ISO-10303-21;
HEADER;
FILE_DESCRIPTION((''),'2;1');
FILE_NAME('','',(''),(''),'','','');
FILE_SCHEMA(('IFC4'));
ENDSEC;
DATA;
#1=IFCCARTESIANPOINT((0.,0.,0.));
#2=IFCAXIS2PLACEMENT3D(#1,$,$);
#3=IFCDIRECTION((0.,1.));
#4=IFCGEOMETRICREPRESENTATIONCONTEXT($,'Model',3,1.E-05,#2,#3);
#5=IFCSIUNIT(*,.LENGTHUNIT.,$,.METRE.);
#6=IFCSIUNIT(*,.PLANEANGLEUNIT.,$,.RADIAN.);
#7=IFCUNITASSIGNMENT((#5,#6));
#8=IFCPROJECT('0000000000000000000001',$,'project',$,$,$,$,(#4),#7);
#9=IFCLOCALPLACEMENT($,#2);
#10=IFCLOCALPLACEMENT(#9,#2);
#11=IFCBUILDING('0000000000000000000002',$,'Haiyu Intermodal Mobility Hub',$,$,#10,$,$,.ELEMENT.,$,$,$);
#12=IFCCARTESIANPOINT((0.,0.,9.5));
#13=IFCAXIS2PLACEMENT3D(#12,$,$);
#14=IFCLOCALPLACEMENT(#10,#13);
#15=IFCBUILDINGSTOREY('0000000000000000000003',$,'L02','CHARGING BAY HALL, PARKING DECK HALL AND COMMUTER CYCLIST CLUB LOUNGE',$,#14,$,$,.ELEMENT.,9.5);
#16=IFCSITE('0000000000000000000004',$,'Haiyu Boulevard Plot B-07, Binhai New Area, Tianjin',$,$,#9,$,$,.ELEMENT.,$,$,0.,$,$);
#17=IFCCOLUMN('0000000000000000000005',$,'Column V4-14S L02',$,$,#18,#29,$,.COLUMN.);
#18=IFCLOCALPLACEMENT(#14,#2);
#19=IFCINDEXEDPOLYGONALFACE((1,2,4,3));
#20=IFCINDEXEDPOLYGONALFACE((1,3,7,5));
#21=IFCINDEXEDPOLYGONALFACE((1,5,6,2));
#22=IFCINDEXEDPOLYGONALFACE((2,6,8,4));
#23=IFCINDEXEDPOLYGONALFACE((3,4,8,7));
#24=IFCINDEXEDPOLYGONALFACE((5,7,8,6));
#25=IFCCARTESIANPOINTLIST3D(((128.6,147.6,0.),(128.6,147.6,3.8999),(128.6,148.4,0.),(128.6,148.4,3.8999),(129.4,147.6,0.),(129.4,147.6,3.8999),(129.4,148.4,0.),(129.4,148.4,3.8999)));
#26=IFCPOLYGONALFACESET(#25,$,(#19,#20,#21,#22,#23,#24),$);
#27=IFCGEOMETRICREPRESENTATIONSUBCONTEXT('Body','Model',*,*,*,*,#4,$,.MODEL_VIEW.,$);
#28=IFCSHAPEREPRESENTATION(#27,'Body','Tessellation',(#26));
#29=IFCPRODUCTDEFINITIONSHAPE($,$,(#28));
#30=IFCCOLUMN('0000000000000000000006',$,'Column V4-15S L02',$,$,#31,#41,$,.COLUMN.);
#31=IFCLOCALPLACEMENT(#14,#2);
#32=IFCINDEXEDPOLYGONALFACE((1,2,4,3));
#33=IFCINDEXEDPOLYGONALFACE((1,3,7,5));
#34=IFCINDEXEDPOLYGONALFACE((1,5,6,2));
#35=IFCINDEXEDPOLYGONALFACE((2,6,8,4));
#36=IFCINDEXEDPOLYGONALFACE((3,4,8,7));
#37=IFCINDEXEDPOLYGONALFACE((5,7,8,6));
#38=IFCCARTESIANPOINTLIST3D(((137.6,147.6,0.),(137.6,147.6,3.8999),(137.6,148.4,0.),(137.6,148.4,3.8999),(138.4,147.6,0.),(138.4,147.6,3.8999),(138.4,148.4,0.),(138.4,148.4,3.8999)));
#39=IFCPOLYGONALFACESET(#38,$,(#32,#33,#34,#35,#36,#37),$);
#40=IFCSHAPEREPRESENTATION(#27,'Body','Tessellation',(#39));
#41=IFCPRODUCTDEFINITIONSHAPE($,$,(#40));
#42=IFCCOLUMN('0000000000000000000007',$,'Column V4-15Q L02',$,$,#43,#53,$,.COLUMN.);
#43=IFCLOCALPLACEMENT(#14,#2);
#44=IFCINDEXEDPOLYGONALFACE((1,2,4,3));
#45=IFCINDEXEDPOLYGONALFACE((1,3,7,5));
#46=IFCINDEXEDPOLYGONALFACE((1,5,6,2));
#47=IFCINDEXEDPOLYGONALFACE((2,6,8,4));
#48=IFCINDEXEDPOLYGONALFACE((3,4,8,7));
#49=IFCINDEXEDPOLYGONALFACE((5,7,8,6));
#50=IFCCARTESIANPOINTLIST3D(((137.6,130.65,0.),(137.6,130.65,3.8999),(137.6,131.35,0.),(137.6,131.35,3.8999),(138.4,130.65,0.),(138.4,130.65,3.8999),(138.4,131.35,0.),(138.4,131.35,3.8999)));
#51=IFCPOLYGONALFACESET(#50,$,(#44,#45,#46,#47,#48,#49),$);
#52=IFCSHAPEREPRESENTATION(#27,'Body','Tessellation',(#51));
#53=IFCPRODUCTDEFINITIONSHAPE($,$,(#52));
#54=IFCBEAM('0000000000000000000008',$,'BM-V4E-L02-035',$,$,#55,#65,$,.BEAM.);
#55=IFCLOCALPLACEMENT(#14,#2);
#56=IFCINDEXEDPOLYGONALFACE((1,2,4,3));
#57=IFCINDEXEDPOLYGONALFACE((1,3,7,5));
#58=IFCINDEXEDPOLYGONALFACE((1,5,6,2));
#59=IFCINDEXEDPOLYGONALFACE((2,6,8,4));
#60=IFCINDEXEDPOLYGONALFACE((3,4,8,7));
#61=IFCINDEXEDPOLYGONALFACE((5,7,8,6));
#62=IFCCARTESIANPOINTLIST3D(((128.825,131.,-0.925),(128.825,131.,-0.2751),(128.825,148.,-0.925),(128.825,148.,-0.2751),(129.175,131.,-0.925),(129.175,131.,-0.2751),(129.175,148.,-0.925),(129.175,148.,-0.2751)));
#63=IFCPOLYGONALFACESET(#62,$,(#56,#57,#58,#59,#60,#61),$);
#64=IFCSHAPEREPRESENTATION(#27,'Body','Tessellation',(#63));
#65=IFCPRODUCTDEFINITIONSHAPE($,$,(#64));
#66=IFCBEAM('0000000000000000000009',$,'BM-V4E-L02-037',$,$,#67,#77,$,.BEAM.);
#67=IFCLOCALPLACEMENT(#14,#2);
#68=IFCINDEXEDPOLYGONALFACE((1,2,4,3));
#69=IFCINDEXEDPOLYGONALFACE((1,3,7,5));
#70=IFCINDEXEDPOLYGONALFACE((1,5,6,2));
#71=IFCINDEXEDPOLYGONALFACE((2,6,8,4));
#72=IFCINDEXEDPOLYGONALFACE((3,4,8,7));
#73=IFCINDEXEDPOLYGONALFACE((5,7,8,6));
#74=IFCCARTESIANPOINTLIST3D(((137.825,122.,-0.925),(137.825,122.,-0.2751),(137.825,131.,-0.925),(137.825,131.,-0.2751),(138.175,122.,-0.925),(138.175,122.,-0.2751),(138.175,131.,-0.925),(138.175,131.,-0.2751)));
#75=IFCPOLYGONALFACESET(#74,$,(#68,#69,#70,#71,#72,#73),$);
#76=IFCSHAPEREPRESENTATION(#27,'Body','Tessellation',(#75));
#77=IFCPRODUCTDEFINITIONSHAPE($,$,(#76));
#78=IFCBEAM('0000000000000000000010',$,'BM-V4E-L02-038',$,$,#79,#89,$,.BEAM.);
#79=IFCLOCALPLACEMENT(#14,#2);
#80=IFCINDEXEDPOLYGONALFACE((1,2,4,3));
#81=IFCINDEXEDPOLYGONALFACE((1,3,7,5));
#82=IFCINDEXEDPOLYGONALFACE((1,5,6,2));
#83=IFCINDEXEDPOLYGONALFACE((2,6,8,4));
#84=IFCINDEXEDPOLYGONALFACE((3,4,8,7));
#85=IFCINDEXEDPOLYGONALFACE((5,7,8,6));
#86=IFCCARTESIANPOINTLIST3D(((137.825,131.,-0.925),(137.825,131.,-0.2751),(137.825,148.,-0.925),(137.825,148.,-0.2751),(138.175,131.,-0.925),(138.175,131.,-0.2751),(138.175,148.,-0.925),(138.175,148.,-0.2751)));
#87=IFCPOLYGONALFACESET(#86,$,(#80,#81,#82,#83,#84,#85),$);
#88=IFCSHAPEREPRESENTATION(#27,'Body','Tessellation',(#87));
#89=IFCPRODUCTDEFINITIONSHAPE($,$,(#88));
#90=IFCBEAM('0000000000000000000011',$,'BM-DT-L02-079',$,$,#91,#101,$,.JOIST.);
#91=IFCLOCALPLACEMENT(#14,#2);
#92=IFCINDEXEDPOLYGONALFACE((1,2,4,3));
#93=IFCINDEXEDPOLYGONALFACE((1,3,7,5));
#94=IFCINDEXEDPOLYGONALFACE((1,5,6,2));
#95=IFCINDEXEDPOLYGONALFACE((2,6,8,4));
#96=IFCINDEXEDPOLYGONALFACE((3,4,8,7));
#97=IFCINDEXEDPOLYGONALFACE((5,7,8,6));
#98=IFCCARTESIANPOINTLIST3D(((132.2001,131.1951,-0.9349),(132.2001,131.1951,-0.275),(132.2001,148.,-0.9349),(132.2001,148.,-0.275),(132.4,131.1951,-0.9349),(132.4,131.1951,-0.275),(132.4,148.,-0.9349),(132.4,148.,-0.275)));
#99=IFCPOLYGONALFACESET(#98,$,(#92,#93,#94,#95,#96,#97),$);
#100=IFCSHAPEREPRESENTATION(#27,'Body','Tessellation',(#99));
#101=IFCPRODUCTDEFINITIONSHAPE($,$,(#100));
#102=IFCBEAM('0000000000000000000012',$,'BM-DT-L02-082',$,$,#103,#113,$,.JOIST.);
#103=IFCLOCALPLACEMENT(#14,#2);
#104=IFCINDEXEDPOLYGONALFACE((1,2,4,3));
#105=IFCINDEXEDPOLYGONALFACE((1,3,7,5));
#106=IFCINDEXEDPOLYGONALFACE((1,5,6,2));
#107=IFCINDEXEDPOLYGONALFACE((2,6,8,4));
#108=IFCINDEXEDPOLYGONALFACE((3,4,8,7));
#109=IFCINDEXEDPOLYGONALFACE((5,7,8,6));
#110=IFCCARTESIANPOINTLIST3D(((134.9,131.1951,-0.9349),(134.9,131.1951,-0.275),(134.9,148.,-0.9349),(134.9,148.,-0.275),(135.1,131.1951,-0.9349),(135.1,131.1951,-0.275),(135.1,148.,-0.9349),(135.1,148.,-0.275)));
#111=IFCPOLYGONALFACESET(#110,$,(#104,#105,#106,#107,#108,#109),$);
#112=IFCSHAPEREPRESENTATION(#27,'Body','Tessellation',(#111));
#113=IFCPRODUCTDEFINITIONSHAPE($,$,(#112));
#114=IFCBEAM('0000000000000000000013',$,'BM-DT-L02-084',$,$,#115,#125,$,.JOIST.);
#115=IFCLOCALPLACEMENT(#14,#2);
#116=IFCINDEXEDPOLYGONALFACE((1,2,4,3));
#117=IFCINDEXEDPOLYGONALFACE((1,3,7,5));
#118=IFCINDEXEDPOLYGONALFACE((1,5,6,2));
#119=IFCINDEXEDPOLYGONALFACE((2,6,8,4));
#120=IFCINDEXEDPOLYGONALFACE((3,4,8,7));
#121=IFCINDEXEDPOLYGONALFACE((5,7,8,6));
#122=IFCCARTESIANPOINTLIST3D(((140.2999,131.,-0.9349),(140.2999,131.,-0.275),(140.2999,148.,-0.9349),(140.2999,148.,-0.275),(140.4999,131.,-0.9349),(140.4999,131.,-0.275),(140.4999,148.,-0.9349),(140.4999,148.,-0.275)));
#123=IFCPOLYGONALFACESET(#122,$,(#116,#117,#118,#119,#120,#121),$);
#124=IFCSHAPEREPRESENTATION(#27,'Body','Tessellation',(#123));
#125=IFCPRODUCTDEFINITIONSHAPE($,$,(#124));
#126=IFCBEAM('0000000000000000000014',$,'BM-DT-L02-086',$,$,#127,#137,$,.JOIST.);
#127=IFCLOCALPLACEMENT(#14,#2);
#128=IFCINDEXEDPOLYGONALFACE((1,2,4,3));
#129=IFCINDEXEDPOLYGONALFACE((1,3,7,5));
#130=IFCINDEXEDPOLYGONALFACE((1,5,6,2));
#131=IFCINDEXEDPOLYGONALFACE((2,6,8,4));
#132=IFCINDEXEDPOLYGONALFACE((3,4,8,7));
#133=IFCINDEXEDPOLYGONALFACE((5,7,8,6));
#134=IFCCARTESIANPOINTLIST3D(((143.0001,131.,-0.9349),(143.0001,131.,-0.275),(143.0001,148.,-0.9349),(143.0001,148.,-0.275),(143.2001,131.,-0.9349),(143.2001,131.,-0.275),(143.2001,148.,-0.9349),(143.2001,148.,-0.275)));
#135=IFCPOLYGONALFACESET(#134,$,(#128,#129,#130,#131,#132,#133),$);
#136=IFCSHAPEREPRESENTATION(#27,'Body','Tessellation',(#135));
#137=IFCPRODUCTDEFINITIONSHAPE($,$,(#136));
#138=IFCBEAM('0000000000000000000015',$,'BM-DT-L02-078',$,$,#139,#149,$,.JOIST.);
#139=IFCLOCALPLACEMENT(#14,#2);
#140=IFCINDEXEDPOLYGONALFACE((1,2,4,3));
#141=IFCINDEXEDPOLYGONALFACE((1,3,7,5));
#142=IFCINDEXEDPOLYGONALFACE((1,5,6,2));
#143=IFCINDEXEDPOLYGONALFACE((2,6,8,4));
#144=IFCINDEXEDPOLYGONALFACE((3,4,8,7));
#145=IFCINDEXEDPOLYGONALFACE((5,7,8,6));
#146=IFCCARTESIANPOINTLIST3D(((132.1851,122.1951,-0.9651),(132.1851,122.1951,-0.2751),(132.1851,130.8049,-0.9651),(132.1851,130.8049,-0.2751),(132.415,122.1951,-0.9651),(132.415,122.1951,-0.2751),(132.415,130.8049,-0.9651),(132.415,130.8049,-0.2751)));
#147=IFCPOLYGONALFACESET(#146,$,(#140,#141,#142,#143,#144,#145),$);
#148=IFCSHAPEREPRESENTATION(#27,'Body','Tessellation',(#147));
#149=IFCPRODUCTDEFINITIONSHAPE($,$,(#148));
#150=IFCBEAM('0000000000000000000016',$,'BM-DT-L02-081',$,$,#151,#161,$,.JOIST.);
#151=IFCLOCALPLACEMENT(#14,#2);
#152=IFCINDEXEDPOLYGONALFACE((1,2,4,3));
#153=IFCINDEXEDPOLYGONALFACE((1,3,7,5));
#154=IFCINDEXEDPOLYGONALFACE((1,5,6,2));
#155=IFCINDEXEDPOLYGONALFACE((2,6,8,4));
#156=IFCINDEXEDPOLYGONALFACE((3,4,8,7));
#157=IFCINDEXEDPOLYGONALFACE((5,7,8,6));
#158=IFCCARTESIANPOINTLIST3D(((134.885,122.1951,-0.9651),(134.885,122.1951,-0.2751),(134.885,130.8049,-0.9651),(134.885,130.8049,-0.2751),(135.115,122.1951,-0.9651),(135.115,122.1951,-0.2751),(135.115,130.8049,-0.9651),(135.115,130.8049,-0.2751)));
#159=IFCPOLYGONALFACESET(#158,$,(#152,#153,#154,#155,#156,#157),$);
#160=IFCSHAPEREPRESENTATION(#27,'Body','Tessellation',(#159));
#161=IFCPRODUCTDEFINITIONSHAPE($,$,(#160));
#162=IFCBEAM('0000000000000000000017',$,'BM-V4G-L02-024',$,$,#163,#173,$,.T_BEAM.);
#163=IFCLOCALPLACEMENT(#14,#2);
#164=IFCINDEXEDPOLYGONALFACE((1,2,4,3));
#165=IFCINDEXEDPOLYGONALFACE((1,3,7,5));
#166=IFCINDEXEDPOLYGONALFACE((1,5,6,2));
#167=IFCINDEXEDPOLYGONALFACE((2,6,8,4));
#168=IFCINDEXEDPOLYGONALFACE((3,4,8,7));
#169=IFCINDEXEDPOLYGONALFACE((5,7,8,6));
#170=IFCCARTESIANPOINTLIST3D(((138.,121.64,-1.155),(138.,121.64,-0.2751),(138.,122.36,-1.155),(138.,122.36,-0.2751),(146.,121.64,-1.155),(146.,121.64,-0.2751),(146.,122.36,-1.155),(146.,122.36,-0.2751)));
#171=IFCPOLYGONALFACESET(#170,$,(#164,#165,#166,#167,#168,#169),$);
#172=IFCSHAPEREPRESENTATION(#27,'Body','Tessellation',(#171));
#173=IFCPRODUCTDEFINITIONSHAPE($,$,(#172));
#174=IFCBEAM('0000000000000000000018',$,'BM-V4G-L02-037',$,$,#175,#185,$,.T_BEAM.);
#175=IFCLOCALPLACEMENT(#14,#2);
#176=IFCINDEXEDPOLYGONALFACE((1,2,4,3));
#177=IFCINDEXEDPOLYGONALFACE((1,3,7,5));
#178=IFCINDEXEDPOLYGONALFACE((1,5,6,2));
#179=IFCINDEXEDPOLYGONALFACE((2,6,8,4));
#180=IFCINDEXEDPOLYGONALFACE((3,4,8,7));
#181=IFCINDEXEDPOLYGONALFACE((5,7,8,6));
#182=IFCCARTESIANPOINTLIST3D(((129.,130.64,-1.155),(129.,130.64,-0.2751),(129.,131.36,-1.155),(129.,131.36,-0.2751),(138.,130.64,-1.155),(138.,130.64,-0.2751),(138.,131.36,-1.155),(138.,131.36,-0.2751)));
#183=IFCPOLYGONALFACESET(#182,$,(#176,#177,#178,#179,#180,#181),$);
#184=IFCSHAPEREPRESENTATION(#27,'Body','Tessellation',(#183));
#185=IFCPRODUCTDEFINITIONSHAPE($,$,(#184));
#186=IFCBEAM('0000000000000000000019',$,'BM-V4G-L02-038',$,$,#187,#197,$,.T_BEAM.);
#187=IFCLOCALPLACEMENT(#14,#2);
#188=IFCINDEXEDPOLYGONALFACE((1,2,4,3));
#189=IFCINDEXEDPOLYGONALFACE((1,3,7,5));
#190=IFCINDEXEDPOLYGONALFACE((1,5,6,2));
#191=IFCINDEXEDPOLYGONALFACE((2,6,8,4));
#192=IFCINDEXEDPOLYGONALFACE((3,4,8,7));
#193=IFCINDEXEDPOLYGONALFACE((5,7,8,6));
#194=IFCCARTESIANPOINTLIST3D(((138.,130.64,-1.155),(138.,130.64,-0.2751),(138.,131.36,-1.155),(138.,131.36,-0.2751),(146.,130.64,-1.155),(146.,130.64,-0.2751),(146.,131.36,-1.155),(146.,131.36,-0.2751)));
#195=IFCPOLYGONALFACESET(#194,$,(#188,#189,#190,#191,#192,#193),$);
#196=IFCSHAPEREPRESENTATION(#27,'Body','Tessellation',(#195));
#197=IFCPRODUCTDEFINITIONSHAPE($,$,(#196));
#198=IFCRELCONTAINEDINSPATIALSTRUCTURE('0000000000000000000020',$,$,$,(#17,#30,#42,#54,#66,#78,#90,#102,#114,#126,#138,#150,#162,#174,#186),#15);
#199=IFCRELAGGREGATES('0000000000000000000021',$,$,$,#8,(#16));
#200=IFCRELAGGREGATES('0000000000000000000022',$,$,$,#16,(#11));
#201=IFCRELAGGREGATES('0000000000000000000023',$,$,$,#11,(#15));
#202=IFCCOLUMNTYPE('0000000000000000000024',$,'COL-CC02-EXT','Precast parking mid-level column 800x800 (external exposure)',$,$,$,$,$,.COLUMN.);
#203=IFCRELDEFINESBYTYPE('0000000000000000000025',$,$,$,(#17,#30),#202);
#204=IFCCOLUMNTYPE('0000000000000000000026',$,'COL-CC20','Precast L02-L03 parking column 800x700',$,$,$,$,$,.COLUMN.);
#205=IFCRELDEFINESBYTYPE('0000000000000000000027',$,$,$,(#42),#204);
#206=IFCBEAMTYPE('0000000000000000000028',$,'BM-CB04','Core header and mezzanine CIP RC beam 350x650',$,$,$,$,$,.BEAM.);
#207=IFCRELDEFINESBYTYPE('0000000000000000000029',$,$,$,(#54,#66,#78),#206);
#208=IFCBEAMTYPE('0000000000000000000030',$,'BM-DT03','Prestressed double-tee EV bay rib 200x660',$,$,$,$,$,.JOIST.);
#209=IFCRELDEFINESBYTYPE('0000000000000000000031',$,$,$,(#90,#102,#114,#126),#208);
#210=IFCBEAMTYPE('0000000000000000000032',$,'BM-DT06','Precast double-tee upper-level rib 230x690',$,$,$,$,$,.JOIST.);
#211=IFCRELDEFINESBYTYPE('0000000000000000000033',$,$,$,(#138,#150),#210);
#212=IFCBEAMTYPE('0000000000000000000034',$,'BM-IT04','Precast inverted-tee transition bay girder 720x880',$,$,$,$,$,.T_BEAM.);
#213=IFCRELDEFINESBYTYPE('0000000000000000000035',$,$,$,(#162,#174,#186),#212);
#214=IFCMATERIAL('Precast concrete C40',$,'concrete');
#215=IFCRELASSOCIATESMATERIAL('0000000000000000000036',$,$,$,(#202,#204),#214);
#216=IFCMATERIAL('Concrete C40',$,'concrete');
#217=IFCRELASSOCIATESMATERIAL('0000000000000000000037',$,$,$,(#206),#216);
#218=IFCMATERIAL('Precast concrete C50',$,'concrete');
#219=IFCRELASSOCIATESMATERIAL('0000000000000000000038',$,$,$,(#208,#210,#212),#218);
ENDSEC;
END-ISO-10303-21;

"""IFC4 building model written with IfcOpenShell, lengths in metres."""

from ifc_helpers import new_model, si_unit, direction, frame, origin, origin_2d, place, context, subcontext, project, spatial, rectangle, extrude, material, material_profile, profile_set, type_object, element, save


model = new_model("IFC4")

# Units and contexts
model_context = context("Model", 3, precision=1e-05, world=origin(), true_north=direction((0.0, 1.0)))
body_context = subcontext(model_context, "Body", "Model", "MODEL_VIEW")
ifc_project = project(units=[si_unit("LENGTHUNIT", "METRE"), si_unit("PLANEANGLEUNIT", "RADIAN")], contexts=[model_context])

# Site, building, storey
site_placement = place(None, origin())
site = spatial("IfcSite", under=ifc_project, at=site_placement, Name="Haiyu Boulevard Plot B-07, Binhai New Area, Tianjin", CompositionType="ELEMENT", RefElevation=0.0)
building_placement = place(site_placement, origin())
building = spatial("IfcBuilding", under=site, at=building_placement, Name="Haiyu Intermodal Mobility Hub", CompositionType="ELEMENT")
storey_placement = place(building_placement, frame((0.0, 0.0, 9.5)))
storey = spatial("IfcBuildingStorey", under=building, at=storey_placement, Name="L02", Description="CHARGING BAY HALL, PARKING DECK HALL AND COMMUTER CYCLIST CLUB LOUNGE", CompositionType="ELEMENT", Elevation=9.5)

# Columns
ifc_material_1 = material(Name="Precast concrete C40", Category="concrete")
ifc_material_profile_1 = material_profile(ifc_material_1, rectangle(XDim=0.8, YDim=0.8, at=origin_2d()), Name="RC800x800")
ifc_profile_set_1 = profile_set([ifc_material_profile_1], Name="Precast concrete C40")
column_type_1 = type_object("IfcColumnType", Name="COL-CC02-EXT", Description="Precast parking mid-level column 800x800 (external exposure)", PredefinedType="COLUMN", material=ifc_profile_set_1)
for number, where, z_axis, x_axis, name in (
    (1, (129.0, 148.0, 0.0), (0.0, 0.0, 1.0), (1.0, 0.0, 0.0), "Column V4-14S L02"),
    (2, (138.0, 148.0, 0.0), (0.0, 0.0, 1.0), (1.0, 0.0, 0.0), "Column V4-15S L02"),
):
    element("IfcColumn", number, at=place(storey_placement, frame(where, z_axis=z_axis, x_axis=x_axis)), inside=storey, type_object=column_type_1, Name=name, PredefinedType="COLUMN", context=body_context, shape_type="SweptSolid", body=[
        extrude(rectangle(XDim=0.8, YDim=0.8, at=origin_2d()), origin(), (0.0, 0.0, 1.0), 3.8999),
    ])
ifc_material_profile_2 = material_profile(ifc_material_1, rectangle(XDim=0.8, YDim=0.7, at=origin_2d()), Name="C800x700")
ifc_profile_set_2 = profile_set([ifc_material_profile_2], Name="Precast concrete C40")
column_type_2 = type_object("IfcColumnType", Name="COL-CC20", Description="Precast L02-L03 parking column 800x700", PredefinedType="COLUMN", material=ifc_profile_set_2)
column_placement = place(storey_placement, frame((138.0, 131.0, 0.0), z_axis=(0.0, 0.0, 1.0), x_axis=(1.0, 0.0, 0.0)))
element("IfcColumn", 3, at=column_placement, inside=storey, type_object=column_type_2, Name="Column V4-15Q L02", PredefinedType="COLUMN", context=body_context, shape_type="SweptSolid", body=[
    extrude(rectangle(XDim=0.8, YDim=0.7, at=origin_2d()), origin(), (0.0, 0.0, 1.0), 3.8999),
])

# Beams
ifc_material_2 = material(Name="Concrete C40", Category="concrete")
ifc_material_profile_3 = material_profile(ifc_material_2, rectangle(XDim=0.3501, YDim=0.6499, at=origin_2d()), Name="RCB350x650")
ifc_profile_set_3 = profile_set([ifc_material_profile_3], Name="Concrete C40")
beam_type_1 = type_object("IfcBeamType", Name="BM-CB04", Description="Core header and mezzanine CIP RC beam 350x650", PredefinedType="BEAM", material=ifc_profile_set_3)
beam_1_placement = place(storey_placement, frame((129.0, 131.0, -0.6001), z_axis=(0.0, 1.0, 0.0), x_axis=(-1.0, 0.0, 0.0)))
element("IfcBeam", 4, at=beam_1_placement, inside=storey, type_object=beam_type_1, Name="BM-V4E-L02-035", PredefinedType="BEAM", context=body_context, shape_type="SweptSolid", body=[
    extrude(rectangle(XDim=0.3501, YDim=0.6499, at=origin_2d()), origin(), (0.0, 0.0, 1.0), 17.0),
])
beam_2_placement = place(storey_placement, frame((138.0, 122.0, -0.6001), z_axis=(0.0, 1.0, 0.0), x_axis=(-1.0, 0.0, 0.0)))
element("IfcBeam", 5, at=beam_2_placement, inside=storey, type_object=beam_type_1, Name="BM-V4E-L02-037", PredefinedType="BEAM", context=body_context, shape_type="SweptSolid", body=[
    extrude(rectangle(XDim=0.3501, YDim=0.6499, at=origin_2d()), origin(), (0.0, 0.0, 1.0), 9.0),
])
beam_3_placement = place(storey_placement, frame((138.0, 131.0, -0.6001), z_axis=(0.0, 1.0, 0.0), x_axis=(-1.0, 0.0, 0.0)))
element("IfcBeam", 6, at=beam_3_placement, inside=storey, type_object=beam_type_1, Name="BM-V4E-L02-038", PredefinedType="BEAM", context=body_context, shape_type="SweptSolid", body=[
    extrude(rectangle(XDim=0.3501, YDim=0.6499, at=origin_2d()), origin(), (0.0, 0.0, 1.0), 17.0),
])
ifc_material_3 = material(Name="Precast concrete C50", Category="concrete")
ifc_material_profile_4 = material_profile(ifc_material_3, rectangle(XDim=0.2, YDim=0.6599, at=origin_2d()), Name="PC200x660")
ifc_profile_set_4 = profile_set([ifc_material_profile_4], Name="Precast concrete C50")
beam_type_2 = type_object("IfcBeamType", Name="BM-DT03", Description="Prestressed double-tee EV bay rib 200x660", PredefinedType="JOIST", material=ifc_profile_set_4)
for number, where, z_axis, x_axis, name in (
    (7, (132.3, 131.1951, -0.605), (0.0, 1.0, 0.0), (-1.0, 0.0, 0.0), "BM-DT-L02-079"),
    (8, (135.0, 131.1951, -0.605), (0.0, 1.0, 0.0), (-1.0, 0.0, 0.0), "BM-DT-L02-082"),
):
    element("IfcBeam", number, at=place(storey_placement, frame(where, z_axis=z_axis, x_axis=x_axis)), inside=storey, type_object=beam_type_2, Name=name, PredefinedType="JOIST", context=body_context, shape_type="SweptSolid", body=[
        extrude(rectangle(XDim=0.2, YDim=0.6599, at=origin_2d()), origin(), (0.0, 0.0, 1.0), 16.8049),
    ])
for number, where, z_axis, x_axis, name in (
    (9, (140.3999, 131.0, -0.605), (0.0, 1.0, 0.0), (-1.0, 0.0, 0.0), "BM-DT-L02-084"),
    (10, (143.1001, 131.0, -0.605), (0.0, 1.0, 0.0), (-1.0, 0.0, 0.0), "BM-DT-L02-086"),
):
    element("IfcBeam", number, at=place(storey_placement, frame(where, z_axis=z_axis, x_axis=x_axis)), inside=storey, type_object=beam_type_2, Name=name, PredefinedType="JOIST", context=body_context, shape_type="SweptSolid", body=[
        extrude(rectangle(XDim=0.2, YDim=0.6599, at=origin_2d()), origin(), (0.0, 0.0, 1.0), 17.0),
    ])
ifc_material_profile_5 = material_profile(ifc_material_3, rectangle(XDim=0.23, YDim=0.6899, at=origin_2d()), Name="B230x690")
ifc_profile_set_5 = profile_set([ifc_material_profile_5], Name="Precast concrete C50")
beam_type_3 = type_object("IfcBeamType", Name="BM-DT06", Description="Precast double-tee upper-level rib 230x690", PredefinedType="JOIST", material=ifc_profile_set_5)
for number, where, z_axis, x_axis, name in (
    (11, (132.3, 122.1951, -0.6201), (0.0, 1.0, 0.0), (-1.0, 0.0, 0.0), "BM-DT-L02-078"),
    (12, (135.0, 122.1951, -0.6201), (0.0, 1.0, 0.0), (-1.0, 0.0, 0.0), "BM-DT-L02-081"),
):
    element("IfcBeam", number, at=place(storey_placement, frame(where, z_axis=z_axis, x_axis=x_axis)), inside=storey, type_object=beam_type_3, Name=name, PredefinedType="JOIST", context=body_context, shape_type="SweptSolid", body=[
        extrude(rectangle(XDim=0.23, YDim=0.6899, at=origin_2d()), origin(), (0.0, 0.0, 1.0), 8.6099),
    ])
ifc_material_profile_6 = material_profile(ifc_material_3, rectangle(XDim=0.72, YDim=0.8799, at=origin_2d()), Name="B720x880")
ifc_profile_set_6 = profile_set([ifc_material_profile_6], Name="Precast concrete C50")
beam_type_4 = type_object("IfcBeamType", Name="BM-IT04", Description="Precast inverted-tee transition bay girder 720x880", PredefinedType="T_BEAM", material=ifc_profile_set_6)
beam_4_placement = place(storey_placement, frame((138.0, 122.0, -0.7151), z_axis=(1.0, 0.0, 0.0), x_axis=(0.0, 1.0, 0.0)))
element("IfcBeam", 13, at=beam_4_placement, inside=storey, type_object=beam_type_4, Name="BM-V4G-L02-024", PredefinedType="T_BEAM", context=body_context, shape_type="SweptSolid", body=[
    extrude(rectangle(XDim=0.72, YDim=0.8799, at=origin_2d()), origin(), (0.0, 0.0, 1.0), 8.0),
])
beam_5_placement = place(storey_placement, frame((129.0, 131.0, -0.7151), z_axis=(1.0, 0.0, 0.0), x_axis=(0.0, 1.0, 0.0)))
element("IfcBeam", 14, at=beam_5_placement, inside=storey, type_object=beam_type_4, Name="BM-V4G-L02-037", PredefinedType="T_BEAM", context=body_context, shape_type="SweptSolid", body=[
    extrude(rectangle(XDim=0.72, YDim=0.8799, at=origin_2d()), origin(), (0.0, 0.0, 1.0), 9.0),
])
beam_6_placement = place(storey_placement, frame((138.0, 131.0, -0.7151), z_axis=(1.0, 0.0, 0.0), x_axis=(0.0, 1.0, 0.0)))
element("IfcBeam", 15, at=beam_6_placement, inside=storey, type_object=beam_type_4, Name="BM-V4G-L02-038", PredefinedType="T_BEAM", context=body_context, shape_type="SweptSolid", body=[
    extrude(rectangle(XDim=0.72, YDim=0.8799, at=origin_2d()), origin(), (0.0, 0.0, 1.0), 8.0),
])

save(model, "model.ifc")
